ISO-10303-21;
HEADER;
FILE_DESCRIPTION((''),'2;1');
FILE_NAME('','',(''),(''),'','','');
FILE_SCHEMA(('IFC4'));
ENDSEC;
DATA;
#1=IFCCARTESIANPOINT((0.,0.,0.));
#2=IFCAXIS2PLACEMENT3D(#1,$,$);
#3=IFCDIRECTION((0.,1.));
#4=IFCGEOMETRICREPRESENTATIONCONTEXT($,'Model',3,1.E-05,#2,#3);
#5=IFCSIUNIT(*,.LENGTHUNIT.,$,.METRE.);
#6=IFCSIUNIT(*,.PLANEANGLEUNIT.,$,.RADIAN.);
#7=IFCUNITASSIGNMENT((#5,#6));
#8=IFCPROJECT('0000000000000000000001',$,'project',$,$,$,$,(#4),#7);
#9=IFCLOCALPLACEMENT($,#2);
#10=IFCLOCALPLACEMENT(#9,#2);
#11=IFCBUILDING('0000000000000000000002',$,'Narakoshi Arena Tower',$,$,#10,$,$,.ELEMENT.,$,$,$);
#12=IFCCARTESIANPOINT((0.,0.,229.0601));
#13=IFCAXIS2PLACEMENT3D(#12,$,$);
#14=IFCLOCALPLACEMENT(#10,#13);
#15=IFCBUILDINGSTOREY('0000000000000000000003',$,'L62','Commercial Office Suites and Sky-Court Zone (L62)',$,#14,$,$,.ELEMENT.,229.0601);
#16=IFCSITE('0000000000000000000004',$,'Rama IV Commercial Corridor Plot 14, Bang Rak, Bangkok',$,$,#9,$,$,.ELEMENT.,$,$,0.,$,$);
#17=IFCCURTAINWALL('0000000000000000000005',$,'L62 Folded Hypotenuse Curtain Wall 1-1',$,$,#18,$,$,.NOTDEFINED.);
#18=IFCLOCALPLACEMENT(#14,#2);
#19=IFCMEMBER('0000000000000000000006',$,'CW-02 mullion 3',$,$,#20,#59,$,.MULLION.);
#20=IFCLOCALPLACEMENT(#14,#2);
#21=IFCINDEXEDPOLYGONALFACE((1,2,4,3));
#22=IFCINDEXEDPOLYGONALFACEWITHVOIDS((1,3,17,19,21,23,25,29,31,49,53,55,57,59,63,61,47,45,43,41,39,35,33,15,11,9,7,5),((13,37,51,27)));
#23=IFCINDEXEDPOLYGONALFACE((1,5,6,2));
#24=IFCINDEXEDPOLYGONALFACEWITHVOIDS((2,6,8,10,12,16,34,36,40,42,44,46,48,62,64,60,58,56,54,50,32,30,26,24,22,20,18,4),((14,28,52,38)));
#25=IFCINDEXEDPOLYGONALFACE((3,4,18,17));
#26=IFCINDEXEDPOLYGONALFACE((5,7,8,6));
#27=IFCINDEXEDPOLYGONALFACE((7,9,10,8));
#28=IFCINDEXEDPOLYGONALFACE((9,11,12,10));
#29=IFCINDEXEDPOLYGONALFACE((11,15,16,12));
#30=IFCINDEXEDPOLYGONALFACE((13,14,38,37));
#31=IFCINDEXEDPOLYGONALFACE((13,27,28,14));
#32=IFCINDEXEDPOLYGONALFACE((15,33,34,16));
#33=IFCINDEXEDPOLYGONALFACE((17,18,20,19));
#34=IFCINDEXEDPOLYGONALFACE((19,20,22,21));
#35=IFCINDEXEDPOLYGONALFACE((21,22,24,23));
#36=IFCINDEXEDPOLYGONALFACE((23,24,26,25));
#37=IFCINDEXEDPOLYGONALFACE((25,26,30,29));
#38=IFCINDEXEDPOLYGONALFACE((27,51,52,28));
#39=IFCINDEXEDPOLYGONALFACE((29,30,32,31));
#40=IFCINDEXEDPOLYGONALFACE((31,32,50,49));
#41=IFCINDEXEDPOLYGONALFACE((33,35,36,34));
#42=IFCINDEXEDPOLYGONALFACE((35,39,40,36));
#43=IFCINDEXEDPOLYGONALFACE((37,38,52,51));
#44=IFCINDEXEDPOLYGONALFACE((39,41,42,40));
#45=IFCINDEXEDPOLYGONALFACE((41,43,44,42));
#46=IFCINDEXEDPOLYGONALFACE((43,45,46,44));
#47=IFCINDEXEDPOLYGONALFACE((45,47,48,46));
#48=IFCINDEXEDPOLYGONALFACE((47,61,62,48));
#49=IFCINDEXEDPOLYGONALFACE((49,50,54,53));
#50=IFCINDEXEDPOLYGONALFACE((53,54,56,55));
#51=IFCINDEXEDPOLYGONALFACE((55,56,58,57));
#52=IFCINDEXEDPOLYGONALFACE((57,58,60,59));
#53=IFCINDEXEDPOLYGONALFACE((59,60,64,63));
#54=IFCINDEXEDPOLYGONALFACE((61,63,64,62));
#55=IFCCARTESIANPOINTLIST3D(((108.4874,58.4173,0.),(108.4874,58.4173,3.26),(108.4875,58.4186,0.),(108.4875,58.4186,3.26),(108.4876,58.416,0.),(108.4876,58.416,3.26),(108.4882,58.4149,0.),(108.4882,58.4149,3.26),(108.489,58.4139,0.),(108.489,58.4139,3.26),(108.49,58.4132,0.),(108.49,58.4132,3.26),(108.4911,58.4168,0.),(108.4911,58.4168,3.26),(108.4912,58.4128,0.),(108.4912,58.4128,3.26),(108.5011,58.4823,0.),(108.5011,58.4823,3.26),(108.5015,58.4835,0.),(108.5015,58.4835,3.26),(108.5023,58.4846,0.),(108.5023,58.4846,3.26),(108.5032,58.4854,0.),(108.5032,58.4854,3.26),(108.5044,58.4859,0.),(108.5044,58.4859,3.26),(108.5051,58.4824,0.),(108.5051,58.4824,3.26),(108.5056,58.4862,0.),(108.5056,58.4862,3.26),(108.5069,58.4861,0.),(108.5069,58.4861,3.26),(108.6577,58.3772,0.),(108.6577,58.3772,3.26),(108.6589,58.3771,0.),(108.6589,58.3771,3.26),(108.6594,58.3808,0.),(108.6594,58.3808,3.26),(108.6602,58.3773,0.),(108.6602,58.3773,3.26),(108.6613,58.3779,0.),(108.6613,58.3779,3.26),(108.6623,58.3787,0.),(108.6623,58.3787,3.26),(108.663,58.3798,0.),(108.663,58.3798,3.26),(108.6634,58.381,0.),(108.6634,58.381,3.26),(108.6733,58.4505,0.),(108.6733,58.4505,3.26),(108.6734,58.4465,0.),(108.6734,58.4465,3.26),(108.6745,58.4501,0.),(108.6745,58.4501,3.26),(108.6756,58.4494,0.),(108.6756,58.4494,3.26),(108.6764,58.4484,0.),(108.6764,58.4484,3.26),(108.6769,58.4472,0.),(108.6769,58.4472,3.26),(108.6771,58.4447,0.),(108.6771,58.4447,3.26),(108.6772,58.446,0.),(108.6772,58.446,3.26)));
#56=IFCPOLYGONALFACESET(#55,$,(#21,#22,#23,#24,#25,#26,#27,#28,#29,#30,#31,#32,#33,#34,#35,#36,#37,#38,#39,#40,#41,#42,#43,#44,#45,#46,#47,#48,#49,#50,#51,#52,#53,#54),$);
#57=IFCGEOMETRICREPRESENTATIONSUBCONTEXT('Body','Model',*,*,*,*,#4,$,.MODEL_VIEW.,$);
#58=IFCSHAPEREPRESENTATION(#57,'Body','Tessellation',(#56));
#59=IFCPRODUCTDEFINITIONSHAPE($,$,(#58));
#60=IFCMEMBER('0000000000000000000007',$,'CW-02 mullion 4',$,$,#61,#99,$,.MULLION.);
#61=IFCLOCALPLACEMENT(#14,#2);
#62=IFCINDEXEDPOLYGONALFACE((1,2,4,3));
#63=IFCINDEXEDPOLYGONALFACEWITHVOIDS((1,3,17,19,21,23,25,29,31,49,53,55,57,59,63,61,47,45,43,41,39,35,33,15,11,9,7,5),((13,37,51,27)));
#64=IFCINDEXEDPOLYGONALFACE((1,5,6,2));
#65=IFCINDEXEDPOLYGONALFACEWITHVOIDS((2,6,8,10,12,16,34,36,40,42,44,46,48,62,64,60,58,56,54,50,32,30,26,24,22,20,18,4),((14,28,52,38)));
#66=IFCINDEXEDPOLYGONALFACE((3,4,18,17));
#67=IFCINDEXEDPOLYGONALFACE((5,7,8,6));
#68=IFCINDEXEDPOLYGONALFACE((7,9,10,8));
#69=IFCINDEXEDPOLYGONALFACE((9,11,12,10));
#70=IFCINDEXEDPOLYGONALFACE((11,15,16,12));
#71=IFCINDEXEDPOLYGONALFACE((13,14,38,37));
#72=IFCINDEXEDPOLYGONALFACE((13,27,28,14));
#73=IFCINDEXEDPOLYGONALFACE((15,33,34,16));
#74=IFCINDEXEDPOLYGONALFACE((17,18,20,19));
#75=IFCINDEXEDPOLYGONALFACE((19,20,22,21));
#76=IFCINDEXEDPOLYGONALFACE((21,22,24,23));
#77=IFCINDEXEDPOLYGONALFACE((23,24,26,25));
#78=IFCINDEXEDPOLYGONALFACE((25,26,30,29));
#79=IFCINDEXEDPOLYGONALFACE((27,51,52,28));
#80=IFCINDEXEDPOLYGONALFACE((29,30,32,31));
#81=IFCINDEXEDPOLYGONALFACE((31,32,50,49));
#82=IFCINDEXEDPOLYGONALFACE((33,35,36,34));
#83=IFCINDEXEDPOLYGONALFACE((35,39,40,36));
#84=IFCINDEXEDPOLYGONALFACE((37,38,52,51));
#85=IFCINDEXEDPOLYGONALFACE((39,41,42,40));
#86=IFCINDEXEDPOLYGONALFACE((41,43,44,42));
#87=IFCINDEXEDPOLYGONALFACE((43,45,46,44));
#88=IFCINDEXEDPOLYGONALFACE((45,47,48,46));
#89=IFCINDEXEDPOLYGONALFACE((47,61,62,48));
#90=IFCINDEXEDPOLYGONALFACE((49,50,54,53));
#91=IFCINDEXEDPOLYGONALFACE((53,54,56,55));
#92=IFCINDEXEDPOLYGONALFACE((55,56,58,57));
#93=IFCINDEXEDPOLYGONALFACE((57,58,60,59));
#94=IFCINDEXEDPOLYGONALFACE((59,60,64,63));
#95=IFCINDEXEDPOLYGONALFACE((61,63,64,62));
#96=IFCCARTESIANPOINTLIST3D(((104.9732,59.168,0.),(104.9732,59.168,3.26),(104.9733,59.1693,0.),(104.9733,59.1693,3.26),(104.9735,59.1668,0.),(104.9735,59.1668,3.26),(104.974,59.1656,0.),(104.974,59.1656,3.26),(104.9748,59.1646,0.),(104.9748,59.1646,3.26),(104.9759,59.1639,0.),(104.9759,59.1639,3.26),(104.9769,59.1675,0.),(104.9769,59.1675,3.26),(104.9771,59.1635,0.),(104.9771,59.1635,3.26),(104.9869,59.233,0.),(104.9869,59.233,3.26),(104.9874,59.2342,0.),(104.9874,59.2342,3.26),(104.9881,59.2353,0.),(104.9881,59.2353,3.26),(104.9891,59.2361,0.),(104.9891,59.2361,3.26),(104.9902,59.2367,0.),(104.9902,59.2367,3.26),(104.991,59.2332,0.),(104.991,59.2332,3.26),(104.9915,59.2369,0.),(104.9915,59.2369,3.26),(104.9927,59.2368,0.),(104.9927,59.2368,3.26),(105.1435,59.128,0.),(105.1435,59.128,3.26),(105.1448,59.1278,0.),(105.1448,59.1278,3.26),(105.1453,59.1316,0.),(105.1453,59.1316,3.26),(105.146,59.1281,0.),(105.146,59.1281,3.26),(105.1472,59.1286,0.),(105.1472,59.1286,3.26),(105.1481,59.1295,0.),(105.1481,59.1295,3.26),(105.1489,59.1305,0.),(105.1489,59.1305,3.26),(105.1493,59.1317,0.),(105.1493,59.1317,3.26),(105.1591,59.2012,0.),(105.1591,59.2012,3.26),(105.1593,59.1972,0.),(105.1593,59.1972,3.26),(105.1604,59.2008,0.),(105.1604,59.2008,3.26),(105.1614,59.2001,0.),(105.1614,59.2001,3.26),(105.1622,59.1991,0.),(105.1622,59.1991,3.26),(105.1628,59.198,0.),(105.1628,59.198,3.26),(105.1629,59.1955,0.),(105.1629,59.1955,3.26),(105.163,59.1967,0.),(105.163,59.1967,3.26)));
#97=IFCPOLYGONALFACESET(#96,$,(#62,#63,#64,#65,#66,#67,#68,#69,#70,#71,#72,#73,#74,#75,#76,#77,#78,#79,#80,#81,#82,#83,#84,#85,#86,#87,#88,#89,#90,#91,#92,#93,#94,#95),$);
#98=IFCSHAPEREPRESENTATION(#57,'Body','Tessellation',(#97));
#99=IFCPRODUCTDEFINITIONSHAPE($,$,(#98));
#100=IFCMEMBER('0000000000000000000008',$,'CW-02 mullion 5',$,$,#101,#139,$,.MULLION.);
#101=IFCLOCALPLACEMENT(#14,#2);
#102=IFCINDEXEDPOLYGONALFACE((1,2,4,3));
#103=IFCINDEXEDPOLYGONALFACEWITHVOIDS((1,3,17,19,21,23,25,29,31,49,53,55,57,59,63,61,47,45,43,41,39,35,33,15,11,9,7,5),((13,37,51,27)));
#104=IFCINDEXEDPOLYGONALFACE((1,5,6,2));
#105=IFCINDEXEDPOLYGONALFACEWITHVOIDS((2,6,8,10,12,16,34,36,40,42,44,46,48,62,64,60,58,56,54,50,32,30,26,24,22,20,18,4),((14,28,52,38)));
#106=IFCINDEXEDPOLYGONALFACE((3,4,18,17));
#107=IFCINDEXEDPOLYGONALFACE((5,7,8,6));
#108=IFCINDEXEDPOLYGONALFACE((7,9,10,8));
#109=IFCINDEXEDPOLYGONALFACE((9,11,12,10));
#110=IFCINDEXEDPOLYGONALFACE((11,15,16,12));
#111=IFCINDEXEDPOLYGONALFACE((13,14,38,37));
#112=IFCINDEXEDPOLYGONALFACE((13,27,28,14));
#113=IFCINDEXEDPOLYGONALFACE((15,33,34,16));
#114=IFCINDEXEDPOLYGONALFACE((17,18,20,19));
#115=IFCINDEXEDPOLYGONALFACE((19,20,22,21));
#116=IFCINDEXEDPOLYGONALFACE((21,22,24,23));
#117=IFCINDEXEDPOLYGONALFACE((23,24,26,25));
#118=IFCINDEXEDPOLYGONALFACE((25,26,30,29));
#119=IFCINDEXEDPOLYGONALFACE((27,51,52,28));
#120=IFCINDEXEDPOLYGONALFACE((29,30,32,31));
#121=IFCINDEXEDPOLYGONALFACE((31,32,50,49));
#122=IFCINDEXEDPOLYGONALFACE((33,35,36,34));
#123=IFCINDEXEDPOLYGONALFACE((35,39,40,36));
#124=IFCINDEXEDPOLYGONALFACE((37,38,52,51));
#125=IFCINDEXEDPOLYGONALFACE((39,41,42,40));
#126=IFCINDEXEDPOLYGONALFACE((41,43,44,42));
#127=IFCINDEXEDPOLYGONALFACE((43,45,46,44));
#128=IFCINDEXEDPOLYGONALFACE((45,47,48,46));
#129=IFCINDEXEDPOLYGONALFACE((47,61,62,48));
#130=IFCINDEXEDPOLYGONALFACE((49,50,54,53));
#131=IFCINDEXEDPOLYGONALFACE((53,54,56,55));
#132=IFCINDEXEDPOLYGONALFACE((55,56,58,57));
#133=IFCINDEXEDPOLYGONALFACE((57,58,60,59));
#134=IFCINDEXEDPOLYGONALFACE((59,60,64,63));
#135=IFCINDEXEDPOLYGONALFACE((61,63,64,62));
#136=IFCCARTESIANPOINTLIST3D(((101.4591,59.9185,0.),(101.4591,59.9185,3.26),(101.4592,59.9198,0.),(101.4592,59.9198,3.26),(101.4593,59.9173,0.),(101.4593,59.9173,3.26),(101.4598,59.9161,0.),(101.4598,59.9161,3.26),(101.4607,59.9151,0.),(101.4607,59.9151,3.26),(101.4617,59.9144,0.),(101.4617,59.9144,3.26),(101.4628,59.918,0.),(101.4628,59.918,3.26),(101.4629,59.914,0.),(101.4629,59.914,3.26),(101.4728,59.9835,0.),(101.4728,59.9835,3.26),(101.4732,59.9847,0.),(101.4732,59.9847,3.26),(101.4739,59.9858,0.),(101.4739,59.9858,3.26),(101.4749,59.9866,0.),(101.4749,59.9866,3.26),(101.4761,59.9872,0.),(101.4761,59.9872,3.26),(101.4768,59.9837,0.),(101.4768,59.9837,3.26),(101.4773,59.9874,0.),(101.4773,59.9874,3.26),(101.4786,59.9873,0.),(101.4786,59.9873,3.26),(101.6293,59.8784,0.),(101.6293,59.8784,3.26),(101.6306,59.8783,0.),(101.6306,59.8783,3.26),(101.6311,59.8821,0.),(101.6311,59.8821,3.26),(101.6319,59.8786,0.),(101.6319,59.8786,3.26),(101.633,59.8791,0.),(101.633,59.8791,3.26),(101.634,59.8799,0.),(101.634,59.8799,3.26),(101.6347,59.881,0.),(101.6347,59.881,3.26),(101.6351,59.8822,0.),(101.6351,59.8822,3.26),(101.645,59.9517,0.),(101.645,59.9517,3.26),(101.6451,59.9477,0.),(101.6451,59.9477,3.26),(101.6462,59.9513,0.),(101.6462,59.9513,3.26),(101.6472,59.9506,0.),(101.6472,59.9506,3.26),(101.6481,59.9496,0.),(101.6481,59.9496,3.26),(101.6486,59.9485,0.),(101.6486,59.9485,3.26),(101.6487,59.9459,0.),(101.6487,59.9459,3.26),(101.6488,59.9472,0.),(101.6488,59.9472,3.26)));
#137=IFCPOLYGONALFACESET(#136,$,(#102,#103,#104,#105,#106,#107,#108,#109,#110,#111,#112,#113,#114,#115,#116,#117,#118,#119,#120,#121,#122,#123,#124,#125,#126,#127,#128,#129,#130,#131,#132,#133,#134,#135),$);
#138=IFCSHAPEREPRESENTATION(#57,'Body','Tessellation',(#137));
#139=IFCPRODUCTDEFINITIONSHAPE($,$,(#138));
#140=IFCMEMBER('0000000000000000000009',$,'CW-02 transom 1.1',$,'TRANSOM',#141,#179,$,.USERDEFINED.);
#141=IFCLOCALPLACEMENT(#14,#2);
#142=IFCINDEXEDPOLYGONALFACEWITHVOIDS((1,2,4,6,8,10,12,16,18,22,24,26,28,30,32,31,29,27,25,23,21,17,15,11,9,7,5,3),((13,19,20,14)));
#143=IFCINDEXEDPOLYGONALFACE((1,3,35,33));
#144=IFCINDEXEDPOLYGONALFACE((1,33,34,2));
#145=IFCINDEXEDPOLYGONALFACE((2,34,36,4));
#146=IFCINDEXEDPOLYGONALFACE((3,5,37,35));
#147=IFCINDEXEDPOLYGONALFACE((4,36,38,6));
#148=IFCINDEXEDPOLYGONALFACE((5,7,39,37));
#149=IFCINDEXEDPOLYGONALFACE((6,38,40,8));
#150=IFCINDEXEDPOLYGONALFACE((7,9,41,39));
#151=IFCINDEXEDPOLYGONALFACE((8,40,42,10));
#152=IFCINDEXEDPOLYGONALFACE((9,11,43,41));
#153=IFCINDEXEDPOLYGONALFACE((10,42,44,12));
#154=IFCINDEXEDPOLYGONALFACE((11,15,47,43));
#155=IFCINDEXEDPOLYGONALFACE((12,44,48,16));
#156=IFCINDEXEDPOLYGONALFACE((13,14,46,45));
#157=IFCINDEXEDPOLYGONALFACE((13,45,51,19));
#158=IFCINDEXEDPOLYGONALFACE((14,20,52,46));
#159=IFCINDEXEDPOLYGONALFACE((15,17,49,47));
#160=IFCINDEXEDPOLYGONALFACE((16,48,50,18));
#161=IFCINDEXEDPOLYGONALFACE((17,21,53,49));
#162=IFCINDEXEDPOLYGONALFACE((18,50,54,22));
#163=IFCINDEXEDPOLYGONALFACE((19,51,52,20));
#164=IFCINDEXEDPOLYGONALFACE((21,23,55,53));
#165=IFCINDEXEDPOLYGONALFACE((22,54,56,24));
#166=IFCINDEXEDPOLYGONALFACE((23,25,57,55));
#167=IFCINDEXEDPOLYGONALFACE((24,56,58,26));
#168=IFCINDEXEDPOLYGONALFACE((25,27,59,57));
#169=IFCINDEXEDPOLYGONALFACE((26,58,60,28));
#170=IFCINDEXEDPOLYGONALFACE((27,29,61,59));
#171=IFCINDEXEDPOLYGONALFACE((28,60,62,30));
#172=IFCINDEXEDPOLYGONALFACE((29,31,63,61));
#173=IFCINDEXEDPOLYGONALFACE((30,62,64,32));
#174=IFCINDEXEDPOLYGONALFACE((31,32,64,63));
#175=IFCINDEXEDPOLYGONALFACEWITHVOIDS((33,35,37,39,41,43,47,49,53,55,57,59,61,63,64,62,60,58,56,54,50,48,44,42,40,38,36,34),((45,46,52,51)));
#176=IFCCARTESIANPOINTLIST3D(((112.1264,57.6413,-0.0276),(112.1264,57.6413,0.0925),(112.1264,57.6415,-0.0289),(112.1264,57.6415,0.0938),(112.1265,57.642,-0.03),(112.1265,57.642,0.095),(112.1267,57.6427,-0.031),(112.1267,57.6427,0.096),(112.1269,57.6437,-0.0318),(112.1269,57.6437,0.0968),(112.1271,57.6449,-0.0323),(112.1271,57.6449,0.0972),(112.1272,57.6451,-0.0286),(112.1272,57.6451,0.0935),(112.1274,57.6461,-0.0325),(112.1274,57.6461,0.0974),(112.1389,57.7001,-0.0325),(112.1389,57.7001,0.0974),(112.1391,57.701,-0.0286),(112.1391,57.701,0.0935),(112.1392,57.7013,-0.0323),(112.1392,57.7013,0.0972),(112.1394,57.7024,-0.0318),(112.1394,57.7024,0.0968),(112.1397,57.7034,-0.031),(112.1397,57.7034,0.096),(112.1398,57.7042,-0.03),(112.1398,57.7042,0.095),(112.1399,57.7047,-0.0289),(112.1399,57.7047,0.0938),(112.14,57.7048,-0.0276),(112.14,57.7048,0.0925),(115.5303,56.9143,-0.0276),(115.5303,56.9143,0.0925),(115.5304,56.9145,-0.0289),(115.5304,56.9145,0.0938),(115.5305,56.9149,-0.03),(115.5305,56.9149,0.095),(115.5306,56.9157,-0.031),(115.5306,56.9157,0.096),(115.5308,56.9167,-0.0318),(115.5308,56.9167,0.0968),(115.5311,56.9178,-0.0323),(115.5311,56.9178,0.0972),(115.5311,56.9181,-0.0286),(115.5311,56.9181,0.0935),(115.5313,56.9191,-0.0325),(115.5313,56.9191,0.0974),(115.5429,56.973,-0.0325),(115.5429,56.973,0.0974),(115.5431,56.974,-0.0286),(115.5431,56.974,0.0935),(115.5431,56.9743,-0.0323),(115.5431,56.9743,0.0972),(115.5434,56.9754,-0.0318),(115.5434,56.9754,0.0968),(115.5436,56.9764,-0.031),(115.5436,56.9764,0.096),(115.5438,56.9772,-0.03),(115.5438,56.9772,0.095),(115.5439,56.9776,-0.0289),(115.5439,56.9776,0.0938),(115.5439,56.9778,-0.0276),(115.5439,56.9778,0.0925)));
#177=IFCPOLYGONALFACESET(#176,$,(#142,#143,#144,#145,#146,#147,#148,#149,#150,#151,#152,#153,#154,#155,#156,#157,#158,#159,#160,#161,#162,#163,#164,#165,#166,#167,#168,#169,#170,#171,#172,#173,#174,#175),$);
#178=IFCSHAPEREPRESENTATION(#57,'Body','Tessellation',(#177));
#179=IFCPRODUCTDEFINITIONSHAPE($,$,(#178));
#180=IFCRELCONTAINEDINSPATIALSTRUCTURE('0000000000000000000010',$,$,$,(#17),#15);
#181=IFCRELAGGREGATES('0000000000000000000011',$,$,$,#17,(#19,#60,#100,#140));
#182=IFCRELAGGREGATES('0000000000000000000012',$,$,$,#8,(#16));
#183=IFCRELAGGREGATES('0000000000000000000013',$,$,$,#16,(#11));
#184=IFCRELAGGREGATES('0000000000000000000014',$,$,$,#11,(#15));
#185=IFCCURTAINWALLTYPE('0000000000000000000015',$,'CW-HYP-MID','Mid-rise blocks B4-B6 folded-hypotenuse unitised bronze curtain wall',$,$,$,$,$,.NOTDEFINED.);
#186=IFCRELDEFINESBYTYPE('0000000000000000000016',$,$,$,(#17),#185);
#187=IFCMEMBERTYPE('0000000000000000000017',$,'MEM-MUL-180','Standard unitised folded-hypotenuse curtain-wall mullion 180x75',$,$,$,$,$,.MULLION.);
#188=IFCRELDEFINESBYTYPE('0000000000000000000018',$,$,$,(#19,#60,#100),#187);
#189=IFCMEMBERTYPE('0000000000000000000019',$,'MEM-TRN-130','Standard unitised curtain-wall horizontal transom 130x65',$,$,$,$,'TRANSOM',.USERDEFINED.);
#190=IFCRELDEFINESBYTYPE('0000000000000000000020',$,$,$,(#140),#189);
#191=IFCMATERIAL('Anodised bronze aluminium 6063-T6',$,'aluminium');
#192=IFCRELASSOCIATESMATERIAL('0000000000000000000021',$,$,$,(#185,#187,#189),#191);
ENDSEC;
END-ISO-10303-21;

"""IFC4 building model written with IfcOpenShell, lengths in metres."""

from ifc_helpers import new_model, si_unit, direction, frame, origin, origin_2d, place, context, subcontext, project, spatial, hollow_rectangle, extrude, material, material_profile, profile_set, type_object, element, aggregate, save


model = new_model("IFC4")

# Units and contexts
model_context = context("Model", 3, precision=1e-05, world=origin(), true_north=direction((0.0, 1.0)))
body_context = subcontext(model_context, "Body", "Model", "MODEL_VIEW")
ifc_project = project(units=[si_unit("LENGTHUNIT", "METRE"), si_unit("PLANEANGLEUNIT", "RADIAN")], contexts=[model_context])

# Site, building, storey
site_placement = place(None, origin())
site = spatial("IfcSite", under=ifc_project, at=site_placement, Name="Rama IV Commercial Corridor Plot 14, Bang Rak, Bangkok", CompositionType="ELEMENT", RefElevation=0.0)
building_placement = place(site_placement, origin())
building = spatial("IfcBuilding", under=site, at=building_placement, Name="Narakoshi Arena Tower", CompositionType="ELEMENT")
storey_placement = place(building_placement, frame((0.0, 0.0, 229.0601)))
storey = spatial("IfcBuildingStorey", under=building, at=storey_placement, Name="L62", Description="Commercial Office Suites and Sky-Court Zone (L62)", CompositionType="ELEMENT", Elevation=229.0601)

# Curtain wall, members
ifc_material_1 = material(Name="Anodised bronze aluminium 6063-T6", Category="aluminium")
curtain_wall_type = type_object("IfcCurtainWallType", Name="CW-HYP-MID", Description="Mid-rise blocks B4-B6 folded-hypotenuse unitised bronze curtain wall", PredefinedType="NOTDEFINED", material=ifc_material_1)
curtain_wall_placement = place(storey_placement, origin())
curtain_wall = element("IfcCurtainWall", 1, at=curtain_wall_placement, inside=storey, type_object=curtain_wall_type, Name="L62 Folded Hypotenuse Curtain Wall 1-1", PredefinedType="NOTDEFINED")
ifc_material_profile_1 = material_profile(ifc_material_1, hollow_rectangle(XDim=0.075, YDim=0.1799, WallThickness=0.0039, OuterFilletRadius=0.0049, at=origin_2d()), Name="MUL180x75x4")
ifc_profile_set_1 = profile_set([ifc_material_profile_1], Name="Anodised bronze aluminium 6063-T6")
member_type_1 = type_object("IfcMemberType", Name="MEM-MUL-180", Description="Standard unitised folded-hypotenuse curtain-wall mullion 180x75", PredefinedType="MULLION", material=ifc_profile_set_1)
member_1_placement = place(storey_placement, frame((108.5823, 58.4316, 0.0), z_axis=(0.0, 0.0, 1.0), x_axis=(-0.208899, -0.977937, 0.0)))
member_1 = element("IfcMember", 2, at=member_1_placement, type_object=member_type_1, Name="CW-02 mullion 3", PredefinedType="MULLION", context=body_context, shape_type="SweptSolid", body=[
    extrude(hollow_rectangle(XDim=0.075, YDim=0.1799, WallThickness=0.0039, OuterFilletRadius=0.0049, at=origin_2d()), origin(), (0.0, 0.0, 1.0), 3.26),
])
member_2_placement = place(storey_placement, frame((105.0681, 59.1824, 0.0), z_axis=(0.0, 0.0, 1.0), x_axis=(-0.208899, -0.977937, 0.0)))
member_2 = element("IfcMember", 3, at=member_2_placement, type_object=member_type_1, Name="CW-02 mullion 4", PredefinedType="MULLION", context=body_context, shape_type="SweptSolid", body=[
    extrude(hollow_rectangle(XDim=0.075, YDim=0.1799, WallThickness=0.0039, OuterFilletRadius=0.0049, at=origin_2d()), origin(), (0.0, 0.0, 1.0), 3.26),
])
member_3_placement = place(storey_placement, frame((101.554, 59.9329, 0.0), z_axis=(0.0, 0.0, 1.0), x_axis=(-0.208899, -0.977937, 0.0)))
member_3 = element("IfcMember", 4, at=member_3_placement, type_object=member_type_1, Name="CW-02 mullion 5", PredefinedType="MULLION", context=body_context, shape_type="SweptSolid", body=[
    extrude(hollow_rectangle(XDim=0.075, YDim=0.1799, WallThickness=0.0039, OuterFilletRadius=0.0049, at=origin_2d()), origin(), (0.0, 0.0, 1.0), 3.26),
])
ifc_material_profile_2 = material_profile(ifc_material_1, hollow_rectangle(XDim=0.0649, YDim=0.1299, WallThickness=0.0039, OuterFilletRadius=0.0049, at=origin_2d()), Name="TRN130x65x4")
ifc_profile_set_2 = profile_set([ifc_material_profile_2], Name="Anodised bronze aluminium 6063-T6")
member_type_2 = type_object("IfcMemberType", Name="MEM-TRN-130", Description="Standard unitised curtain-wall horizontal transom 130x65", ElementType="TRANSOM", PredefinedType="USERDEFINED", material=ifc_profile_set_2)
member_4_placement = place(storey_placement, frame((115.5371, 56.946, 0.0325), z_axis=(-0.977943, 0.208873, 0.0), x_axis=(-0.208873, -0.977943, 0.0)))
member_4 = element("IfcMember", 5, at=member_4_placement, type_object=member_type_2, Name="CW-02 transom 1.1", ObjectType="TRANSOM", PredefinedType="USERDEFINED", context=body_context, shape_type="SweptSolid", body=[
    extrude(hollow_rectangle(XDim=0.0649, YDim=0.1299, WallThickness=0.0039, OuterFilletRadius=0.0049, at=origin_2d()), origin(), (0.0, 0.0, 1.0), 3.4807),
])
aggregate(curtain_wall, [member_1, member_2, member_3, member_4])

save(model, "model.ifc")
